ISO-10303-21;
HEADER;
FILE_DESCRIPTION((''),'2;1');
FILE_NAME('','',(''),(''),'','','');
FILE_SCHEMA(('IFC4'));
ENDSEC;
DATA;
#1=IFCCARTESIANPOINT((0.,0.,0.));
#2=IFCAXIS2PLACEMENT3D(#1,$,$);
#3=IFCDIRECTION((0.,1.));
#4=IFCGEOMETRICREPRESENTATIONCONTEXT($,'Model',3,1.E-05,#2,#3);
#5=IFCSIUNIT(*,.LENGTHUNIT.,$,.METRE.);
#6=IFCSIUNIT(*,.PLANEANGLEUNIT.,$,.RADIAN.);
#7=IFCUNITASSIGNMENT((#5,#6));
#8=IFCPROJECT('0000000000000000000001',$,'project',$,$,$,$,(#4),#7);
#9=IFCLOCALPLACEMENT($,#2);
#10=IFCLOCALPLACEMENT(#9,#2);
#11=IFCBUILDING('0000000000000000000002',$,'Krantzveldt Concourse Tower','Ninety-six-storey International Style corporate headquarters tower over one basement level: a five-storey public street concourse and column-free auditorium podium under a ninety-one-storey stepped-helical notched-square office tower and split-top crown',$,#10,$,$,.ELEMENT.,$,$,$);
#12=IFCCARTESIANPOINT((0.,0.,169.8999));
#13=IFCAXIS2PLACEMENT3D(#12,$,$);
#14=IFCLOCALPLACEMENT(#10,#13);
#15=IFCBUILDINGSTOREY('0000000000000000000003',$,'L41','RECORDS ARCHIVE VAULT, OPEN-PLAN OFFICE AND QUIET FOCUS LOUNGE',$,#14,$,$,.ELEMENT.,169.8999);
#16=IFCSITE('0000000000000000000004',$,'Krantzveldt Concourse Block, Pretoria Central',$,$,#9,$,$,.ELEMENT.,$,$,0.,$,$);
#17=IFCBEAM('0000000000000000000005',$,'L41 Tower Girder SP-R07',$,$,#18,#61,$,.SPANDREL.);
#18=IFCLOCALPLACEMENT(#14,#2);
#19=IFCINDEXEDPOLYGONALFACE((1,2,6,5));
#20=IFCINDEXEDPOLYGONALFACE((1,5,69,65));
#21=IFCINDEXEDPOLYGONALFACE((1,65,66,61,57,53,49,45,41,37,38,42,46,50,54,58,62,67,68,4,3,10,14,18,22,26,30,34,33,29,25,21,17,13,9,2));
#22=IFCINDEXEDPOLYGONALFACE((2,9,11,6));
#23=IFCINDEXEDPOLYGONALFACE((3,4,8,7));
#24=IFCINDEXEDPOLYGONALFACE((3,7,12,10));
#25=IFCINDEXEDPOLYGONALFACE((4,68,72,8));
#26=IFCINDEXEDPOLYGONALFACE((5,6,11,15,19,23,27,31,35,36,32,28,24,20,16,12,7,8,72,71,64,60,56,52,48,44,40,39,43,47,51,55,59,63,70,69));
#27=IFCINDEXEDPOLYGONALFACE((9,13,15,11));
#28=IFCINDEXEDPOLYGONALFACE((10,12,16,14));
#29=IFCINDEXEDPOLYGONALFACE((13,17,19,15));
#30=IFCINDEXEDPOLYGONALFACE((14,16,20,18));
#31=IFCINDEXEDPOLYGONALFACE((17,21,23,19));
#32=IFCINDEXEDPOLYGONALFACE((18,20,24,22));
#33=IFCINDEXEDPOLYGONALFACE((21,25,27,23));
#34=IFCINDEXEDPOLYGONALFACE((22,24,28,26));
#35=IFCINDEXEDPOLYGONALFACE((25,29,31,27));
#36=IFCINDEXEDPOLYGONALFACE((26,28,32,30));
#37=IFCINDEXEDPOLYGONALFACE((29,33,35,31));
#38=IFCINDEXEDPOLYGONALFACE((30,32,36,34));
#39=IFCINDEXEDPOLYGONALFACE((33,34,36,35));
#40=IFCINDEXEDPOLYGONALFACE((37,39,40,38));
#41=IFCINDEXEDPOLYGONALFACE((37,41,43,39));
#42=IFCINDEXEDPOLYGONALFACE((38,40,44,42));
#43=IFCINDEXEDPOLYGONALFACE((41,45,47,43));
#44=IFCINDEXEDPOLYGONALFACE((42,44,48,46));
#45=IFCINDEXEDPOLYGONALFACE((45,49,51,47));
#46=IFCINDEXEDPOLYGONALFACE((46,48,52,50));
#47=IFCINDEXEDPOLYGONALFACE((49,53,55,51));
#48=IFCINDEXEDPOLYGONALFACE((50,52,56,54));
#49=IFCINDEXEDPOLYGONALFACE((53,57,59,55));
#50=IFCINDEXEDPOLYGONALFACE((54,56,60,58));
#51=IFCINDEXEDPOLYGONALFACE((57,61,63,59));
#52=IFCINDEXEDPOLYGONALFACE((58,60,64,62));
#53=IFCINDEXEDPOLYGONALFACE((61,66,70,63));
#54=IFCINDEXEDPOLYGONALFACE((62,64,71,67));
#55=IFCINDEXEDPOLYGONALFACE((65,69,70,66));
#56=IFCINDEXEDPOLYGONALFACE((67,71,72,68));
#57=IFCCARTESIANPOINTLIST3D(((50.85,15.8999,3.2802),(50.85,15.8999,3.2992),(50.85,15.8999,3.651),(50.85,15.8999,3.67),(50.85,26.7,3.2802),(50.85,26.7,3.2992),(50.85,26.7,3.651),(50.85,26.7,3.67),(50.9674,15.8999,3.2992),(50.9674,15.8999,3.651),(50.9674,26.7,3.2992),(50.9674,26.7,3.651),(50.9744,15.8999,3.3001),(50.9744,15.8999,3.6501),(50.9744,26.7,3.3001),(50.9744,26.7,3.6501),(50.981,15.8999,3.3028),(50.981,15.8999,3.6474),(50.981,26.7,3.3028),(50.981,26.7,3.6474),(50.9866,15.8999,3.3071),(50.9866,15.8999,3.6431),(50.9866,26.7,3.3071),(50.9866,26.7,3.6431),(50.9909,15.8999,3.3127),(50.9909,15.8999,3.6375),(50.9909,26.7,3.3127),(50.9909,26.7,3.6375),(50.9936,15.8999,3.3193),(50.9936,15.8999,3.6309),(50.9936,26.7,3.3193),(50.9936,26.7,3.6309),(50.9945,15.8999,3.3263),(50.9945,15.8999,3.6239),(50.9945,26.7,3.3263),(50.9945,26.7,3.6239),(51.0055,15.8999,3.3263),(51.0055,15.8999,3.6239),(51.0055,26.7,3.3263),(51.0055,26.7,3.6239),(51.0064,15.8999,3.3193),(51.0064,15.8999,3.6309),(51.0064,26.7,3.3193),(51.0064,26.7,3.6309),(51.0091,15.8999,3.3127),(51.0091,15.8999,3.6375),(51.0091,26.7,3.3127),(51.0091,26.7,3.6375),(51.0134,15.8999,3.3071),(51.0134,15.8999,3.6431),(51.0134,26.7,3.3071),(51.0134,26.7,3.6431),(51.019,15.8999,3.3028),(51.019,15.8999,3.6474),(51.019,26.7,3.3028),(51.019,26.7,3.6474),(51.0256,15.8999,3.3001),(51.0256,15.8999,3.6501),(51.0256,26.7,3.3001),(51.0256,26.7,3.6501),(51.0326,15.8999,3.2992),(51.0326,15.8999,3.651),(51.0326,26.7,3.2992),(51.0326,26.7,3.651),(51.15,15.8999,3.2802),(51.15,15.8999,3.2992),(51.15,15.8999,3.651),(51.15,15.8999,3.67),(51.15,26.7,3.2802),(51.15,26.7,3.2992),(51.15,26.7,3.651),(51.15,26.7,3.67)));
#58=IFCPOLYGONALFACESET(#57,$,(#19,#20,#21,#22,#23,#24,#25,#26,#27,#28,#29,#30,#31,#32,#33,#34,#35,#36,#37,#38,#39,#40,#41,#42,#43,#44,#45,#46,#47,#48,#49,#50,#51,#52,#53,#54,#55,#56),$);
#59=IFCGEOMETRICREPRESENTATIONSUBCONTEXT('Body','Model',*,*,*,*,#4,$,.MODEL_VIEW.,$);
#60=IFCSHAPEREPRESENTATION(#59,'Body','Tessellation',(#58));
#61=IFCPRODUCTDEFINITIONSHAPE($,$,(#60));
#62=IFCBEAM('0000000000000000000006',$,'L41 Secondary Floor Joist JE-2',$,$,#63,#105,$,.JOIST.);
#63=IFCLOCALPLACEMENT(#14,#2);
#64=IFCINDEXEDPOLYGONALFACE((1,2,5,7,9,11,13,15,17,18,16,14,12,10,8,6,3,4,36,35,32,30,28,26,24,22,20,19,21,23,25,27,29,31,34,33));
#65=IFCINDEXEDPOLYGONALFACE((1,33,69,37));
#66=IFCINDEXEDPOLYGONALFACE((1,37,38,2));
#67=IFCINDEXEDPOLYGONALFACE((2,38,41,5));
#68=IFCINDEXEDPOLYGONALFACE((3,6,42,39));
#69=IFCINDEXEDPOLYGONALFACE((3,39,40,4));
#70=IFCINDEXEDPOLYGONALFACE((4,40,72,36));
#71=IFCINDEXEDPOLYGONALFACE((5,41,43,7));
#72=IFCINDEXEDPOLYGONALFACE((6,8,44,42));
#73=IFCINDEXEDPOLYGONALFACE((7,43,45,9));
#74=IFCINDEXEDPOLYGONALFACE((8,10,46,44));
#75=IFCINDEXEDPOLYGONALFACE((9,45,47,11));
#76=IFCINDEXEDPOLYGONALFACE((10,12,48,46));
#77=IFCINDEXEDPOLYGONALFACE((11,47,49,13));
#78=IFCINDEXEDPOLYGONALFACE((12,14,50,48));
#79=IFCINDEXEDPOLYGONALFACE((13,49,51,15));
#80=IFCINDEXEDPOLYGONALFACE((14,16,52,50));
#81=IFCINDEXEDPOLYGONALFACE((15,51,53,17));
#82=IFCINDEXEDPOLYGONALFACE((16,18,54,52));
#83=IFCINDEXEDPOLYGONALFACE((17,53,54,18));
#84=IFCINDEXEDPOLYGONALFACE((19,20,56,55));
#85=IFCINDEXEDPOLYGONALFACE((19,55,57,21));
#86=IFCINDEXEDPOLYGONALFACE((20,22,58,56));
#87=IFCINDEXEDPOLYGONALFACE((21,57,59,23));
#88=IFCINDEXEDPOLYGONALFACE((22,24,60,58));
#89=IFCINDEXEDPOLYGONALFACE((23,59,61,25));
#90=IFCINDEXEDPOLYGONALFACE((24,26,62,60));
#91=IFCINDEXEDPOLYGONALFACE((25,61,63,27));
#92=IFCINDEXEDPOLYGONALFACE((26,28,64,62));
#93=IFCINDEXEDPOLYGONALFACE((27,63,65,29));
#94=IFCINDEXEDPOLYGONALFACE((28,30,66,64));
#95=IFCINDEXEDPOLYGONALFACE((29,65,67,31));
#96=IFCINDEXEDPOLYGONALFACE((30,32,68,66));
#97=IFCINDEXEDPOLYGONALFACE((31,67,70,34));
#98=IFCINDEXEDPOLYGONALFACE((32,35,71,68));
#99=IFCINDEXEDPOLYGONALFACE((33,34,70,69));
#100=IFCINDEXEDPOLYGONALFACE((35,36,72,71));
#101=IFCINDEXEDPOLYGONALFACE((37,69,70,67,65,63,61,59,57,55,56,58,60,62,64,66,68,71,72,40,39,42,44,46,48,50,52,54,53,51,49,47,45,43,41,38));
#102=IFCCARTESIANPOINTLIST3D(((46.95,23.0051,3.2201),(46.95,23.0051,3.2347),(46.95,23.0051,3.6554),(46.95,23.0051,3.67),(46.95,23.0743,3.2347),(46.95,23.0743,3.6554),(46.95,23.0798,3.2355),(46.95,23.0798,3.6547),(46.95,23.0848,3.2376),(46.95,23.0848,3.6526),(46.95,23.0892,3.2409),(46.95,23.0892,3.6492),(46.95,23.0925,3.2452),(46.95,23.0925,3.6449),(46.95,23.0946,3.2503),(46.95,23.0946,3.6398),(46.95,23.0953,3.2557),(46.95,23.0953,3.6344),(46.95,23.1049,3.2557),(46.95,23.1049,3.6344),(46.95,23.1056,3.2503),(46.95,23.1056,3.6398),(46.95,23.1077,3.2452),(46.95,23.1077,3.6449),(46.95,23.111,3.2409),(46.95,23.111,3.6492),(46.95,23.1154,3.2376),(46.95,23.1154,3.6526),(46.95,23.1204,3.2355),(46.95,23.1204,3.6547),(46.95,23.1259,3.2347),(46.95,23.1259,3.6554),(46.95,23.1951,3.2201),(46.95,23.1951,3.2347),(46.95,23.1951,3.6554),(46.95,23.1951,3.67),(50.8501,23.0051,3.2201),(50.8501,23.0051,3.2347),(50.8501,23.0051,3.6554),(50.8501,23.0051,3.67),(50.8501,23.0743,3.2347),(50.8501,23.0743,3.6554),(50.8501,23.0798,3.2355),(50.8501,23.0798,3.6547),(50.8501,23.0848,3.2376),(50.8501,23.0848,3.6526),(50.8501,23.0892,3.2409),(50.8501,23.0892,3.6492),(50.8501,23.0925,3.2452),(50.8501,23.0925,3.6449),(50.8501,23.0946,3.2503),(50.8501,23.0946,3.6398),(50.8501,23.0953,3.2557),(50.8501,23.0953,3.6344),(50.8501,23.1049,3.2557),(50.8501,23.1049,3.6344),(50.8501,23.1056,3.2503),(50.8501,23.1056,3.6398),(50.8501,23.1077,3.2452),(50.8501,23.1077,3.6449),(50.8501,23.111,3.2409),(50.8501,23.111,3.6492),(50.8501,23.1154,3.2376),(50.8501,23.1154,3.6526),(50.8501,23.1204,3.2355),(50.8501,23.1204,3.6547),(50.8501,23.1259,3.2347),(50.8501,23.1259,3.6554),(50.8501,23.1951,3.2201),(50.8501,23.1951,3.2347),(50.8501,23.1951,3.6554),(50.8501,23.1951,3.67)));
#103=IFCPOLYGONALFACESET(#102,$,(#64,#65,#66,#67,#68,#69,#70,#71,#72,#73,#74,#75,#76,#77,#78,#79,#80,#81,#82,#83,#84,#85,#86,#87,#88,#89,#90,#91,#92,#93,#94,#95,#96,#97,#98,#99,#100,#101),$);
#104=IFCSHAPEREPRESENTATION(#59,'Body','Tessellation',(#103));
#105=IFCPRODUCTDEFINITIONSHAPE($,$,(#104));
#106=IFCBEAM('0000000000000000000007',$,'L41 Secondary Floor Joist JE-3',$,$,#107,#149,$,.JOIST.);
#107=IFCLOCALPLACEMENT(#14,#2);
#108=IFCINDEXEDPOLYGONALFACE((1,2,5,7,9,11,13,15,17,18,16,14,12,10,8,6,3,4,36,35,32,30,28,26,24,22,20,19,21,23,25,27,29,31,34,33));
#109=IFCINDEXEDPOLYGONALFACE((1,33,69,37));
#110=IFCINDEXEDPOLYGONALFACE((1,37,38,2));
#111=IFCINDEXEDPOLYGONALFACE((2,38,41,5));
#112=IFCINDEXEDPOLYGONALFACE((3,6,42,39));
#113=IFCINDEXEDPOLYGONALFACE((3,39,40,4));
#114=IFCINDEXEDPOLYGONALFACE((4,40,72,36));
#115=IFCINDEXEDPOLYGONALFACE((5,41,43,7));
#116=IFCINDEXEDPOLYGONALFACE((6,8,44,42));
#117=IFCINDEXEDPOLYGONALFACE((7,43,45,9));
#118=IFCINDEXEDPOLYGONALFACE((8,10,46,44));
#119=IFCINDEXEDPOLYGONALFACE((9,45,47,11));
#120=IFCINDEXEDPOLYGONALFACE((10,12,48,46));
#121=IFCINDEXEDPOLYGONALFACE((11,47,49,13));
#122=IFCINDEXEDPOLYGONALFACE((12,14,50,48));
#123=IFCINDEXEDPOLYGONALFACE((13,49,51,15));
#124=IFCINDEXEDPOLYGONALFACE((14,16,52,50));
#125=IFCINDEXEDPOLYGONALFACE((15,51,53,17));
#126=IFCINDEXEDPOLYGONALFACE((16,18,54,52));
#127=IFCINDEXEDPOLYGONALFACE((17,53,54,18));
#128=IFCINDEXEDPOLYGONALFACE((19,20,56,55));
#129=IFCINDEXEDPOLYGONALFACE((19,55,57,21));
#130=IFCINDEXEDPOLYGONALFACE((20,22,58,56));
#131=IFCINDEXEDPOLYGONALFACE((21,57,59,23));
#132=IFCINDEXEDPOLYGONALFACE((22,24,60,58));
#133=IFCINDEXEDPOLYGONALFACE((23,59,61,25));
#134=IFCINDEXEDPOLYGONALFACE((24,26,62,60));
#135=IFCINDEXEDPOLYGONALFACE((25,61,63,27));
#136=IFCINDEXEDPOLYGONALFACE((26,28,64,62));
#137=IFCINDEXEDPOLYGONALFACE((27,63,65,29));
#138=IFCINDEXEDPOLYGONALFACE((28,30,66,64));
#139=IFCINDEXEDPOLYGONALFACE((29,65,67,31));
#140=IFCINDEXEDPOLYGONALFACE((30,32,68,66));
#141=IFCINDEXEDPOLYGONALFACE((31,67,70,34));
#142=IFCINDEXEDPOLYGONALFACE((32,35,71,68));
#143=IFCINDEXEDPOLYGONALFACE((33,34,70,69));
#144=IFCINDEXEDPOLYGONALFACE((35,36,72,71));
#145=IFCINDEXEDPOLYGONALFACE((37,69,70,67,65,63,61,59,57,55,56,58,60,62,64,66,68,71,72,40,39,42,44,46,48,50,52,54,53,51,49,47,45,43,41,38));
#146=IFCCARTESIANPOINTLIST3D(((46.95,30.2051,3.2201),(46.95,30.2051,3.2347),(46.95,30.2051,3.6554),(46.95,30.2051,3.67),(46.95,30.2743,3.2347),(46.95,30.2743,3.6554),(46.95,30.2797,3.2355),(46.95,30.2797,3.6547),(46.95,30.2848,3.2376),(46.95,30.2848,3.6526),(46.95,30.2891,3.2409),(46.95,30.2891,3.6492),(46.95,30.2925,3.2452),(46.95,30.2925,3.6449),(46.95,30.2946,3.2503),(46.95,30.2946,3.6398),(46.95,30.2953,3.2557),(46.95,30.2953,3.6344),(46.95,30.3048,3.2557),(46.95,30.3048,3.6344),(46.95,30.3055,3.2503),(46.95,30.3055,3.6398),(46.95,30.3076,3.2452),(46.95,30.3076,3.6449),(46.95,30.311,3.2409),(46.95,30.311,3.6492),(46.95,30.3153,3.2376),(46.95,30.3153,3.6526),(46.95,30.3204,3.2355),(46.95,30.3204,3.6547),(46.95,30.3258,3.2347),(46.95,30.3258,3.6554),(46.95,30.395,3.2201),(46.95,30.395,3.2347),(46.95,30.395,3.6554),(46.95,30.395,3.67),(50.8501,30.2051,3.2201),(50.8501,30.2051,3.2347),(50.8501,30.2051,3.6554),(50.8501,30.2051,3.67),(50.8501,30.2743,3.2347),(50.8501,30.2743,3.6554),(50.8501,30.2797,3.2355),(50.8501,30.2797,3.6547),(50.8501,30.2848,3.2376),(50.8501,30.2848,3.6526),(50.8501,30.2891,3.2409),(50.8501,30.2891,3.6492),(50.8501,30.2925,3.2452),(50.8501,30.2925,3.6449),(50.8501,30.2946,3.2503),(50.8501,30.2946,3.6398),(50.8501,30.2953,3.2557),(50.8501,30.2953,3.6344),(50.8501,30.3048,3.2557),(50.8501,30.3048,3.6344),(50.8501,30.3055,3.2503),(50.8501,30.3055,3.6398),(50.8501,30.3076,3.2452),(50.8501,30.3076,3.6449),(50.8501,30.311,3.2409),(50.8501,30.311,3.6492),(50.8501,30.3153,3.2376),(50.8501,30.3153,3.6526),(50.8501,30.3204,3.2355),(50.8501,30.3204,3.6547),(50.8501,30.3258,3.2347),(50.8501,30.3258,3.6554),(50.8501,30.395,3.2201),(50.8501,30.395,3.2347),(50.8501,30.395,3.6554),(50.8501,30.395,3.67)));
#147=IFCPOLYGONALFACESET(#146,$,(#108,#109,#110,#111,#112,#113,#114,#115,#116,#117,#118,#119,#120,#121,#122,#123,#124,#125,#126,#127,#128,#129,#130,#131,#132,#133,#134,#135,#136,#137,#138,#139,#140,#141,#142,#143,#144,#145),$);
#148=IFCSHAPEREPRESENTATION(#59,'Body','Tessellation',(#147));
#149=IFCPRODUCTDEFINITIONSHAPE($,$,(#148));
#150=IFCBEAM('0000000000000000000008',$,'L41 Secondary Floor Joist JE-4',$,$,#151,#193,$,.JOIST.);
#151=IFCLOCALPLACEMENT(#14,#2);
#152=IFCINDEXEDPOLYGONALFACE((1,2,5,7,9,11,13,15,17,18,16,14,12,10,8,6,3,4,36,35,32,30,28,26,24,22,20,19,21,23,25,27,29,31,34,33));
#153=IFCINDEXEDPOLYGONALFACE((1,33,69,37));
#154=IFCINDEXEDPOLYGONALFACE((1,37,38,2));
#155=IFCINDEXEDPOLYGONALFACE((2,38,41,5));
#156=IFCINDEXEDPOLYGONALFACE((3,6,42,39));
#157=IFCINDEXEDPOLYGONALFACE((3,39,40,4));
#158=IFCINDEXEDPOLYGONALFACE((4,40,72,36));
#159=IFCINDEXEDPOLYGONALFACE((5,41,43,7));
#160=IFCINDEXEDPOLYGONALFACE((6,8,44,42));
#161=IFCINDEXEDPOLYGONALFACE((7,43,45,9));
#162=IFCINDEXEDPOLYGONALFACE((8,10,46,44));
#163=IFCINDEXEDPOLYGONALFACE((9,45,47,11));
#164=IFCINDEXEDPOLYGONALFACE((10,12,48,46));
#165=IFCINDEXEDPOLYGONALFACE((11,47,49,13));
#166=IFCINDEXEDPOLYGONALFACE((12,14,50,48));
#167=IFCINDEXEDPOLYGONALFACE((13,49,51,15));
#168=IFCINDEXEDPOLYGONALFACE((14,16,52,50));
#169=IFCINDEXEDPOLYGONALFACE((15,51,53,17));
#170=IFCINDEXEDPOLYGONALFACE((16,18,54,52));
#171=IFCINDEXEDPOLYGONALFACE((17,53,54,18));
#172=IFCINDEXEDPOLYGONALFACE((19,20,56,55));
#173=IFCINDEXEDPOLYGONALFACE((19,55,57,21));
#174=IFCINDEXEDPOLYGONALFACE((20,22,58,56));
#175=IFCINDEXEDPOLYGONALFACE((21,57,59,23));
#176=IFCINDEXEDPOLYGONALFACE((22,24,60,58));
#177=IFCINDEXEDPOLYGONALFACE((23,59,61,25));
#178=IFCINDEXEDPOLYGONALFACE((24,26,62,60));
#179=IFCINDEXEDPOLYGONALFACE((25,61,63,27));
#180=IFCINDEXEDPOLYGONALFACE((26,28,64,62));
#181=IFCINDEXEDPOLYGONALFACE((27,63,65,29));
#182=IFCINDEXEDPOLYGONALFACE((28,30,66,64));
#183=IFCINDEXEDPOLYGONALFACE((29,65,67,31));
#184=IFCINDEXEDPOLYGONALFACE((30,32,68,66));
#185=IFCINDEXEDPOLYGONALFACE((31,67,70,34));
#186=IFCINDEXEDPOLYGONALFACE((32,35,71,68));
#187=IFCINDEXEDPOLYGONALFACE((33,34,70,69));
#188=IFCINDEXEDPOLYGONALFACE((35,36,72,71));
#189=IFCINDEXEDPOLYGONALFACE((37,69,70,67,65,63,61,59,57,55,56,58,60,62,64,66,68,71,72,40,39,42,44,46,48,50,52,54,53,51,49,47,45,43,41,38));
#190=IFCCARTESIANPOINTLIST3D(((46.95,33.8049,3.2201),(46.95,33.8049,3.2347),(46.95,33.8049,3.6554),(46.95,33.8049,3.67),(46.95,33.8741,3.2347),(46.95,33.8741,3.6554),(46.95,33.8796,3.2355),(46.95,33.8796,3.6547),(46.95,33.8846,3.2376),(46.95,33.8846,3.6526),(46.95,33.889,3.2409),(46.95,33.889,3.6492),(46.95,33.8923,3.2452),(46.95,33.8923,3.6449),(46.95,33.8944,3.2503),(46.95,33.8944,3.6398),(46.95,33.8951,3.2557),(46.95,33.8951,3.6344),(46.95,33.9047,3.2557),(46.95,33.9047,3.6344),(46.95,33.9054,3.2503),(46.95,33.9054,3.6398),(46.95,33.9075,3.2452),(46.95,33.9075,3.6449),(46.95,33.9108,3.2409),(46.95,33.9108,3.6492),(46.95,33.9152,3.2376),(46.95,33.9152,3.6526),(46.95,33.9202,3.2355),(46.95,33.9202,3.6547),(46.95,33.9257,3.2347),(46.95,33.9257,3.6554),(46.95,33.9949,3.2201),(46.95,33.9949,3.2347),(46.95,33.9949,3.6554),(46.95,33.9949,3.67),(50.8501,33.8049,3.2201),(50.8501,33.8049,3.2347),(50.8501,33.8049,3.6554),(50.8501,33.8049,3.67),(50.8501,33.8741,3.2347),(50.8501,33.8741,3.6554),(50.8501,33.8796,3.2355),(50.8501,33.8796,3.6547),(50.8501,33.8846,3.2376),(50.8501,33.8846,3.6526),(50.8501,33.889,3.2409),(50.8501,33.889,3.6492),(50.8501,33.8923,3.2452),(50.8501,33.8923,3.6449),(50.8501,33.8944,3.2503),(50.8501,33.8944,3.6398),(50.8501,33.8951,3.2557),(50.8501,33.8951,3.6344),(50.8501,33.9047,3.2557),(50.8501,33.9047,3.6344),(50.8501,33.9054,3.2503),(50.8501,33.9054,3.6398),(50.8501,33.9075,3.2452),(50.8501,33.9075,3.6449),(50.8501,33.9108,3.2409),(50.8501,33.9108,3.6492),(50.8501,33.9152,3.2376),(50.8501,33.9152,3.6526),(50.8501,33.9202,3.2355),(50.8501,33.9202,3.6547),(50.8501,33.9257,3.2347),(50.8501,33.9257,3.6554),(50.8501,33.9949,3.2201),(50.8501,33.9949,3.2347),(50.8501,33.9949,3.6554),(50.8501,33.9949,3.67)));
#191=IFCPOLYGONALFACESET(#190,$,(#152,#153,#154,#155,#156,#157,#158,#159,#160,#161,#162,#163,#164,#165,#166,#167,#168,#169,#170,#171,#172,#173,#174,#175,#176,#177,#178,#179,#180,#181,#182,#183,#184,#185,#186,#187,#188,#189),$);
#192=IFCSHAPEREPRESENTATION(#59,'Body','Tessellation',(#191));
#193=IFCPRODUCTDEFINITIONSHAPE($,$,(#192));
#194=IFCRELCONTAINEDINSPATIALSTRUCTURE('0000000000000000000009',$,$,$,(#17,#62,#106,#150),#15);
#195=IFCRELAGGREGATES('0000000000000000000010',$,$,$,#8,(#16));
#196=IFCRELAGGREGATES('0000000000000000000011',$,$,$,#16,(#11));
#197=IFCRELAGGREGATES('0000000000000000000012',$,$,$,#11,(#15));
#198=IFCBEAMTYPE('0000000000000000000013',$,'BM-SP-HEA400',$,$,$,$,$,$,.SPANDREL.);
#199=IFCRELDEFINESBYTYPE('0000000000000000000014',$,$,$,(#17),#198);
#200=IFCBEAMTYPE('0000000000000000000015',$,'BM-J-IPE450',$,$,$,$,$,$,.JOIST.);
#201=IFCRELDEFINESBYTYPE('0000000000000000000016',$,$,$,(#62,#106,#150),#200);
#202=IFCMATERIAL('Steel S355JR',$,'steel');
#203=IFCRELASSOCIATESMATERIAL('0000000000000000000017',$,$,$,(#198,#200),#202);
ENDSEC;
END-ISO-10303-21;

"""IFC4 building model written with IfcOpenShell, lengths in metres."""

from ifc_helpers import new_model, si_unit, direction, frame, origin, origin_2d, place, context, subcontext, project, spatial, i_section, extrude, source, transform, mapped, material, material_profile, profile_set, type_object, type_shapes, element, save


model = new_model("IFC4")

# Units and contexts
model_context = context("Model", 3, precision=1e-05, world=origin(), true_north=direction((0.0, 1.0)))
body_context = subcontext(model_context, "Body", "Model", "MODEL_VIEW")
ifc_project = project(units=[si_unit("LENGTHUNIT", "METRE"), si_unit("PLANEANGLEUNIT", "RADIAN")], contexts=[model_context])

# Site, building, storey
site_placement = place(None, origin())
site = spatial("IfcSite", under=ifc_project, at=site_placement, Name="Krantzveldt Concourse Block, Pretoria Central", CompositionType="ELEMENT", RefElevation=0.0)
building_placement = place(site_placement, origin())
building = spatial("IfcBuilding", under=site, at=building_placement, Name="Krantzveldt Concourse Tower", Description="Ninety-six-storey International Style corporate headquarters tower over one basement level: a five-storey public street concourse and column-free auditorium podium under a ninety-one-storey stepped-helical notched-square office tower and split-top crown", CompositionType="ELEMENT")
storey_placement = place(building_placement, frame((0.0, 0.0, 169.8999)))
storey = spatial("IfcBuildingStorey", under=building, at=storey_placement, Name="L41", Description="RECORDS ARCHIVE VAULT, OPEN-PLAN OFFICE AND QUIET FOCUS LOUNGE", CompositionType="ELEMENT", Elevation=169.8999)

# Beams
ifc_material_1 = material(Name="Steel S355JR", Category="steel")
ifc_material_profile_1 = material_profile(ifc_material_1, i_section(OverallWidth=0.3, OverallDepth=0.3899, WebThickness=0.011, FlangeThickness=0.019, FilletRadius=0.0271, at=origin_2d()), Name="Steel S355JR", Category="steel")
ifc_profile_set_1 = profile_set([ifc_material_profile_1], Name="Steel S355JR - HEA 400")
beam_type_1 = type_object("IfcBeamType", Name="BM-SP-HEA400", PredefinedType="SPANDREL", material=ifc_profile_set_1)
shared_shape_1 = source(origin(), body_context, "Body", "SweptSolid", [
    extrude(i_section(OverallWidth=0.3, OverallDepth=0.3899, WebThickness=0.011, FlangeThickness=0.019, FilletRadius=0.0271, at=origin_2d()), origin(), (0.0, 0.0, 1.0), 10.8),
])
type_shapes(beam_type_1, [shared_shape_1])
for number, where, z_axis, x_axis, name in (
    (1, (51.0, 26.7, 3.4751), (0.0, -1.0, 0.0), (1.0, 0.0, 0.0), "L41 Tower Girder SP-R07"),
):
    element("IfcBeam", number, at=place(storey_placement, frame(where, z_axis=z_axis, x_axis=x_axis)), inside=storey, type_object=beam_type_1, Name=name, PredefinedType="SPANDREL", context=body_context, shape_type="MappedRepresentation", body=[
        mapped(shared_shape_1, transform((0.0, 0.0, 0.0), x_axis=(1.0, 0.0, 0.0), y_axis=(0.0, 1.0, 0.0), z_axis=(0.0, 0.0, 1.0), scale=1.0)),
    ])
ifc_material_profile_2 = material_profile(ifc_material_1, i_section(OverallWidth=0.1899, OverallDepth=0.45, WebThickness=0.0095, FlangeThickness=0.0146, FilletRadius=0.021, at=origin_2d()), Name="Steel S355JR", Category="steel")
ifc_profile_set_2 = profile_set([ifc_material_profile_2], Name="Steel S355JR - IPE 450")
beam_type_2 = type_object("IfcBeamType", Name="BM-J-IPE450", PredefinedType="JOIST", material=ifc_profile_set_2)
shared_shape_2 = source(origin(), body_context, "Body", "SweptSolid", [
    extrude(i_section(OverallWidth=0.1899, OverallDepth=0.45, WebThickness=0.0095, FlangeThickness=0.0146, FilletRadius=0.021, at=origin_2d()), origin(), (0.0, 0.0, 1.0), 3.9001),
])
type_shapes(beam_type_2, [shared_shape_2])
for number, where, z_axis, x_axis, name in (
    (2, (46.95, 23.1001, 3.4451), (1.0, 0.0, 0.0), (0.0, 1.0, 0.0), "L41 Secondary Floor Joist JE-2"),
    (3, (46.95, 30.3, 3.4451), (1.0, 0.0, 0.0), (0.0, 1.0, 0.0), "L41 Secondary Floor Joist JE-3"),
    (4, (46.95, 33.8999, 3.4451), (1.0, 0.0, 0.0), (0.0, 1.0, 0.0), "L41 Secondary Floor Joist JE-4"),
):
    element("IfcBeam", number, at=place(storey_placement, frame(where, z_axis=z_axis, x_axis=x_axis)), inside=storey, type_object=beam_type_2, Name=name, PredefinedType="JOIST", context=body_context, shape_type="MappedRepresentation", body=[
        mapped(shared_shape_2, transform((0.0, 0.0, 0.0), x_axis=(1.0, 0.0, 0.0), y_axis=(0.0, 1.0, 0.0), z_axis=(0.0, 0.0, 1.0), scale=1.0)),
    ])

save(model, "model.ifc")
